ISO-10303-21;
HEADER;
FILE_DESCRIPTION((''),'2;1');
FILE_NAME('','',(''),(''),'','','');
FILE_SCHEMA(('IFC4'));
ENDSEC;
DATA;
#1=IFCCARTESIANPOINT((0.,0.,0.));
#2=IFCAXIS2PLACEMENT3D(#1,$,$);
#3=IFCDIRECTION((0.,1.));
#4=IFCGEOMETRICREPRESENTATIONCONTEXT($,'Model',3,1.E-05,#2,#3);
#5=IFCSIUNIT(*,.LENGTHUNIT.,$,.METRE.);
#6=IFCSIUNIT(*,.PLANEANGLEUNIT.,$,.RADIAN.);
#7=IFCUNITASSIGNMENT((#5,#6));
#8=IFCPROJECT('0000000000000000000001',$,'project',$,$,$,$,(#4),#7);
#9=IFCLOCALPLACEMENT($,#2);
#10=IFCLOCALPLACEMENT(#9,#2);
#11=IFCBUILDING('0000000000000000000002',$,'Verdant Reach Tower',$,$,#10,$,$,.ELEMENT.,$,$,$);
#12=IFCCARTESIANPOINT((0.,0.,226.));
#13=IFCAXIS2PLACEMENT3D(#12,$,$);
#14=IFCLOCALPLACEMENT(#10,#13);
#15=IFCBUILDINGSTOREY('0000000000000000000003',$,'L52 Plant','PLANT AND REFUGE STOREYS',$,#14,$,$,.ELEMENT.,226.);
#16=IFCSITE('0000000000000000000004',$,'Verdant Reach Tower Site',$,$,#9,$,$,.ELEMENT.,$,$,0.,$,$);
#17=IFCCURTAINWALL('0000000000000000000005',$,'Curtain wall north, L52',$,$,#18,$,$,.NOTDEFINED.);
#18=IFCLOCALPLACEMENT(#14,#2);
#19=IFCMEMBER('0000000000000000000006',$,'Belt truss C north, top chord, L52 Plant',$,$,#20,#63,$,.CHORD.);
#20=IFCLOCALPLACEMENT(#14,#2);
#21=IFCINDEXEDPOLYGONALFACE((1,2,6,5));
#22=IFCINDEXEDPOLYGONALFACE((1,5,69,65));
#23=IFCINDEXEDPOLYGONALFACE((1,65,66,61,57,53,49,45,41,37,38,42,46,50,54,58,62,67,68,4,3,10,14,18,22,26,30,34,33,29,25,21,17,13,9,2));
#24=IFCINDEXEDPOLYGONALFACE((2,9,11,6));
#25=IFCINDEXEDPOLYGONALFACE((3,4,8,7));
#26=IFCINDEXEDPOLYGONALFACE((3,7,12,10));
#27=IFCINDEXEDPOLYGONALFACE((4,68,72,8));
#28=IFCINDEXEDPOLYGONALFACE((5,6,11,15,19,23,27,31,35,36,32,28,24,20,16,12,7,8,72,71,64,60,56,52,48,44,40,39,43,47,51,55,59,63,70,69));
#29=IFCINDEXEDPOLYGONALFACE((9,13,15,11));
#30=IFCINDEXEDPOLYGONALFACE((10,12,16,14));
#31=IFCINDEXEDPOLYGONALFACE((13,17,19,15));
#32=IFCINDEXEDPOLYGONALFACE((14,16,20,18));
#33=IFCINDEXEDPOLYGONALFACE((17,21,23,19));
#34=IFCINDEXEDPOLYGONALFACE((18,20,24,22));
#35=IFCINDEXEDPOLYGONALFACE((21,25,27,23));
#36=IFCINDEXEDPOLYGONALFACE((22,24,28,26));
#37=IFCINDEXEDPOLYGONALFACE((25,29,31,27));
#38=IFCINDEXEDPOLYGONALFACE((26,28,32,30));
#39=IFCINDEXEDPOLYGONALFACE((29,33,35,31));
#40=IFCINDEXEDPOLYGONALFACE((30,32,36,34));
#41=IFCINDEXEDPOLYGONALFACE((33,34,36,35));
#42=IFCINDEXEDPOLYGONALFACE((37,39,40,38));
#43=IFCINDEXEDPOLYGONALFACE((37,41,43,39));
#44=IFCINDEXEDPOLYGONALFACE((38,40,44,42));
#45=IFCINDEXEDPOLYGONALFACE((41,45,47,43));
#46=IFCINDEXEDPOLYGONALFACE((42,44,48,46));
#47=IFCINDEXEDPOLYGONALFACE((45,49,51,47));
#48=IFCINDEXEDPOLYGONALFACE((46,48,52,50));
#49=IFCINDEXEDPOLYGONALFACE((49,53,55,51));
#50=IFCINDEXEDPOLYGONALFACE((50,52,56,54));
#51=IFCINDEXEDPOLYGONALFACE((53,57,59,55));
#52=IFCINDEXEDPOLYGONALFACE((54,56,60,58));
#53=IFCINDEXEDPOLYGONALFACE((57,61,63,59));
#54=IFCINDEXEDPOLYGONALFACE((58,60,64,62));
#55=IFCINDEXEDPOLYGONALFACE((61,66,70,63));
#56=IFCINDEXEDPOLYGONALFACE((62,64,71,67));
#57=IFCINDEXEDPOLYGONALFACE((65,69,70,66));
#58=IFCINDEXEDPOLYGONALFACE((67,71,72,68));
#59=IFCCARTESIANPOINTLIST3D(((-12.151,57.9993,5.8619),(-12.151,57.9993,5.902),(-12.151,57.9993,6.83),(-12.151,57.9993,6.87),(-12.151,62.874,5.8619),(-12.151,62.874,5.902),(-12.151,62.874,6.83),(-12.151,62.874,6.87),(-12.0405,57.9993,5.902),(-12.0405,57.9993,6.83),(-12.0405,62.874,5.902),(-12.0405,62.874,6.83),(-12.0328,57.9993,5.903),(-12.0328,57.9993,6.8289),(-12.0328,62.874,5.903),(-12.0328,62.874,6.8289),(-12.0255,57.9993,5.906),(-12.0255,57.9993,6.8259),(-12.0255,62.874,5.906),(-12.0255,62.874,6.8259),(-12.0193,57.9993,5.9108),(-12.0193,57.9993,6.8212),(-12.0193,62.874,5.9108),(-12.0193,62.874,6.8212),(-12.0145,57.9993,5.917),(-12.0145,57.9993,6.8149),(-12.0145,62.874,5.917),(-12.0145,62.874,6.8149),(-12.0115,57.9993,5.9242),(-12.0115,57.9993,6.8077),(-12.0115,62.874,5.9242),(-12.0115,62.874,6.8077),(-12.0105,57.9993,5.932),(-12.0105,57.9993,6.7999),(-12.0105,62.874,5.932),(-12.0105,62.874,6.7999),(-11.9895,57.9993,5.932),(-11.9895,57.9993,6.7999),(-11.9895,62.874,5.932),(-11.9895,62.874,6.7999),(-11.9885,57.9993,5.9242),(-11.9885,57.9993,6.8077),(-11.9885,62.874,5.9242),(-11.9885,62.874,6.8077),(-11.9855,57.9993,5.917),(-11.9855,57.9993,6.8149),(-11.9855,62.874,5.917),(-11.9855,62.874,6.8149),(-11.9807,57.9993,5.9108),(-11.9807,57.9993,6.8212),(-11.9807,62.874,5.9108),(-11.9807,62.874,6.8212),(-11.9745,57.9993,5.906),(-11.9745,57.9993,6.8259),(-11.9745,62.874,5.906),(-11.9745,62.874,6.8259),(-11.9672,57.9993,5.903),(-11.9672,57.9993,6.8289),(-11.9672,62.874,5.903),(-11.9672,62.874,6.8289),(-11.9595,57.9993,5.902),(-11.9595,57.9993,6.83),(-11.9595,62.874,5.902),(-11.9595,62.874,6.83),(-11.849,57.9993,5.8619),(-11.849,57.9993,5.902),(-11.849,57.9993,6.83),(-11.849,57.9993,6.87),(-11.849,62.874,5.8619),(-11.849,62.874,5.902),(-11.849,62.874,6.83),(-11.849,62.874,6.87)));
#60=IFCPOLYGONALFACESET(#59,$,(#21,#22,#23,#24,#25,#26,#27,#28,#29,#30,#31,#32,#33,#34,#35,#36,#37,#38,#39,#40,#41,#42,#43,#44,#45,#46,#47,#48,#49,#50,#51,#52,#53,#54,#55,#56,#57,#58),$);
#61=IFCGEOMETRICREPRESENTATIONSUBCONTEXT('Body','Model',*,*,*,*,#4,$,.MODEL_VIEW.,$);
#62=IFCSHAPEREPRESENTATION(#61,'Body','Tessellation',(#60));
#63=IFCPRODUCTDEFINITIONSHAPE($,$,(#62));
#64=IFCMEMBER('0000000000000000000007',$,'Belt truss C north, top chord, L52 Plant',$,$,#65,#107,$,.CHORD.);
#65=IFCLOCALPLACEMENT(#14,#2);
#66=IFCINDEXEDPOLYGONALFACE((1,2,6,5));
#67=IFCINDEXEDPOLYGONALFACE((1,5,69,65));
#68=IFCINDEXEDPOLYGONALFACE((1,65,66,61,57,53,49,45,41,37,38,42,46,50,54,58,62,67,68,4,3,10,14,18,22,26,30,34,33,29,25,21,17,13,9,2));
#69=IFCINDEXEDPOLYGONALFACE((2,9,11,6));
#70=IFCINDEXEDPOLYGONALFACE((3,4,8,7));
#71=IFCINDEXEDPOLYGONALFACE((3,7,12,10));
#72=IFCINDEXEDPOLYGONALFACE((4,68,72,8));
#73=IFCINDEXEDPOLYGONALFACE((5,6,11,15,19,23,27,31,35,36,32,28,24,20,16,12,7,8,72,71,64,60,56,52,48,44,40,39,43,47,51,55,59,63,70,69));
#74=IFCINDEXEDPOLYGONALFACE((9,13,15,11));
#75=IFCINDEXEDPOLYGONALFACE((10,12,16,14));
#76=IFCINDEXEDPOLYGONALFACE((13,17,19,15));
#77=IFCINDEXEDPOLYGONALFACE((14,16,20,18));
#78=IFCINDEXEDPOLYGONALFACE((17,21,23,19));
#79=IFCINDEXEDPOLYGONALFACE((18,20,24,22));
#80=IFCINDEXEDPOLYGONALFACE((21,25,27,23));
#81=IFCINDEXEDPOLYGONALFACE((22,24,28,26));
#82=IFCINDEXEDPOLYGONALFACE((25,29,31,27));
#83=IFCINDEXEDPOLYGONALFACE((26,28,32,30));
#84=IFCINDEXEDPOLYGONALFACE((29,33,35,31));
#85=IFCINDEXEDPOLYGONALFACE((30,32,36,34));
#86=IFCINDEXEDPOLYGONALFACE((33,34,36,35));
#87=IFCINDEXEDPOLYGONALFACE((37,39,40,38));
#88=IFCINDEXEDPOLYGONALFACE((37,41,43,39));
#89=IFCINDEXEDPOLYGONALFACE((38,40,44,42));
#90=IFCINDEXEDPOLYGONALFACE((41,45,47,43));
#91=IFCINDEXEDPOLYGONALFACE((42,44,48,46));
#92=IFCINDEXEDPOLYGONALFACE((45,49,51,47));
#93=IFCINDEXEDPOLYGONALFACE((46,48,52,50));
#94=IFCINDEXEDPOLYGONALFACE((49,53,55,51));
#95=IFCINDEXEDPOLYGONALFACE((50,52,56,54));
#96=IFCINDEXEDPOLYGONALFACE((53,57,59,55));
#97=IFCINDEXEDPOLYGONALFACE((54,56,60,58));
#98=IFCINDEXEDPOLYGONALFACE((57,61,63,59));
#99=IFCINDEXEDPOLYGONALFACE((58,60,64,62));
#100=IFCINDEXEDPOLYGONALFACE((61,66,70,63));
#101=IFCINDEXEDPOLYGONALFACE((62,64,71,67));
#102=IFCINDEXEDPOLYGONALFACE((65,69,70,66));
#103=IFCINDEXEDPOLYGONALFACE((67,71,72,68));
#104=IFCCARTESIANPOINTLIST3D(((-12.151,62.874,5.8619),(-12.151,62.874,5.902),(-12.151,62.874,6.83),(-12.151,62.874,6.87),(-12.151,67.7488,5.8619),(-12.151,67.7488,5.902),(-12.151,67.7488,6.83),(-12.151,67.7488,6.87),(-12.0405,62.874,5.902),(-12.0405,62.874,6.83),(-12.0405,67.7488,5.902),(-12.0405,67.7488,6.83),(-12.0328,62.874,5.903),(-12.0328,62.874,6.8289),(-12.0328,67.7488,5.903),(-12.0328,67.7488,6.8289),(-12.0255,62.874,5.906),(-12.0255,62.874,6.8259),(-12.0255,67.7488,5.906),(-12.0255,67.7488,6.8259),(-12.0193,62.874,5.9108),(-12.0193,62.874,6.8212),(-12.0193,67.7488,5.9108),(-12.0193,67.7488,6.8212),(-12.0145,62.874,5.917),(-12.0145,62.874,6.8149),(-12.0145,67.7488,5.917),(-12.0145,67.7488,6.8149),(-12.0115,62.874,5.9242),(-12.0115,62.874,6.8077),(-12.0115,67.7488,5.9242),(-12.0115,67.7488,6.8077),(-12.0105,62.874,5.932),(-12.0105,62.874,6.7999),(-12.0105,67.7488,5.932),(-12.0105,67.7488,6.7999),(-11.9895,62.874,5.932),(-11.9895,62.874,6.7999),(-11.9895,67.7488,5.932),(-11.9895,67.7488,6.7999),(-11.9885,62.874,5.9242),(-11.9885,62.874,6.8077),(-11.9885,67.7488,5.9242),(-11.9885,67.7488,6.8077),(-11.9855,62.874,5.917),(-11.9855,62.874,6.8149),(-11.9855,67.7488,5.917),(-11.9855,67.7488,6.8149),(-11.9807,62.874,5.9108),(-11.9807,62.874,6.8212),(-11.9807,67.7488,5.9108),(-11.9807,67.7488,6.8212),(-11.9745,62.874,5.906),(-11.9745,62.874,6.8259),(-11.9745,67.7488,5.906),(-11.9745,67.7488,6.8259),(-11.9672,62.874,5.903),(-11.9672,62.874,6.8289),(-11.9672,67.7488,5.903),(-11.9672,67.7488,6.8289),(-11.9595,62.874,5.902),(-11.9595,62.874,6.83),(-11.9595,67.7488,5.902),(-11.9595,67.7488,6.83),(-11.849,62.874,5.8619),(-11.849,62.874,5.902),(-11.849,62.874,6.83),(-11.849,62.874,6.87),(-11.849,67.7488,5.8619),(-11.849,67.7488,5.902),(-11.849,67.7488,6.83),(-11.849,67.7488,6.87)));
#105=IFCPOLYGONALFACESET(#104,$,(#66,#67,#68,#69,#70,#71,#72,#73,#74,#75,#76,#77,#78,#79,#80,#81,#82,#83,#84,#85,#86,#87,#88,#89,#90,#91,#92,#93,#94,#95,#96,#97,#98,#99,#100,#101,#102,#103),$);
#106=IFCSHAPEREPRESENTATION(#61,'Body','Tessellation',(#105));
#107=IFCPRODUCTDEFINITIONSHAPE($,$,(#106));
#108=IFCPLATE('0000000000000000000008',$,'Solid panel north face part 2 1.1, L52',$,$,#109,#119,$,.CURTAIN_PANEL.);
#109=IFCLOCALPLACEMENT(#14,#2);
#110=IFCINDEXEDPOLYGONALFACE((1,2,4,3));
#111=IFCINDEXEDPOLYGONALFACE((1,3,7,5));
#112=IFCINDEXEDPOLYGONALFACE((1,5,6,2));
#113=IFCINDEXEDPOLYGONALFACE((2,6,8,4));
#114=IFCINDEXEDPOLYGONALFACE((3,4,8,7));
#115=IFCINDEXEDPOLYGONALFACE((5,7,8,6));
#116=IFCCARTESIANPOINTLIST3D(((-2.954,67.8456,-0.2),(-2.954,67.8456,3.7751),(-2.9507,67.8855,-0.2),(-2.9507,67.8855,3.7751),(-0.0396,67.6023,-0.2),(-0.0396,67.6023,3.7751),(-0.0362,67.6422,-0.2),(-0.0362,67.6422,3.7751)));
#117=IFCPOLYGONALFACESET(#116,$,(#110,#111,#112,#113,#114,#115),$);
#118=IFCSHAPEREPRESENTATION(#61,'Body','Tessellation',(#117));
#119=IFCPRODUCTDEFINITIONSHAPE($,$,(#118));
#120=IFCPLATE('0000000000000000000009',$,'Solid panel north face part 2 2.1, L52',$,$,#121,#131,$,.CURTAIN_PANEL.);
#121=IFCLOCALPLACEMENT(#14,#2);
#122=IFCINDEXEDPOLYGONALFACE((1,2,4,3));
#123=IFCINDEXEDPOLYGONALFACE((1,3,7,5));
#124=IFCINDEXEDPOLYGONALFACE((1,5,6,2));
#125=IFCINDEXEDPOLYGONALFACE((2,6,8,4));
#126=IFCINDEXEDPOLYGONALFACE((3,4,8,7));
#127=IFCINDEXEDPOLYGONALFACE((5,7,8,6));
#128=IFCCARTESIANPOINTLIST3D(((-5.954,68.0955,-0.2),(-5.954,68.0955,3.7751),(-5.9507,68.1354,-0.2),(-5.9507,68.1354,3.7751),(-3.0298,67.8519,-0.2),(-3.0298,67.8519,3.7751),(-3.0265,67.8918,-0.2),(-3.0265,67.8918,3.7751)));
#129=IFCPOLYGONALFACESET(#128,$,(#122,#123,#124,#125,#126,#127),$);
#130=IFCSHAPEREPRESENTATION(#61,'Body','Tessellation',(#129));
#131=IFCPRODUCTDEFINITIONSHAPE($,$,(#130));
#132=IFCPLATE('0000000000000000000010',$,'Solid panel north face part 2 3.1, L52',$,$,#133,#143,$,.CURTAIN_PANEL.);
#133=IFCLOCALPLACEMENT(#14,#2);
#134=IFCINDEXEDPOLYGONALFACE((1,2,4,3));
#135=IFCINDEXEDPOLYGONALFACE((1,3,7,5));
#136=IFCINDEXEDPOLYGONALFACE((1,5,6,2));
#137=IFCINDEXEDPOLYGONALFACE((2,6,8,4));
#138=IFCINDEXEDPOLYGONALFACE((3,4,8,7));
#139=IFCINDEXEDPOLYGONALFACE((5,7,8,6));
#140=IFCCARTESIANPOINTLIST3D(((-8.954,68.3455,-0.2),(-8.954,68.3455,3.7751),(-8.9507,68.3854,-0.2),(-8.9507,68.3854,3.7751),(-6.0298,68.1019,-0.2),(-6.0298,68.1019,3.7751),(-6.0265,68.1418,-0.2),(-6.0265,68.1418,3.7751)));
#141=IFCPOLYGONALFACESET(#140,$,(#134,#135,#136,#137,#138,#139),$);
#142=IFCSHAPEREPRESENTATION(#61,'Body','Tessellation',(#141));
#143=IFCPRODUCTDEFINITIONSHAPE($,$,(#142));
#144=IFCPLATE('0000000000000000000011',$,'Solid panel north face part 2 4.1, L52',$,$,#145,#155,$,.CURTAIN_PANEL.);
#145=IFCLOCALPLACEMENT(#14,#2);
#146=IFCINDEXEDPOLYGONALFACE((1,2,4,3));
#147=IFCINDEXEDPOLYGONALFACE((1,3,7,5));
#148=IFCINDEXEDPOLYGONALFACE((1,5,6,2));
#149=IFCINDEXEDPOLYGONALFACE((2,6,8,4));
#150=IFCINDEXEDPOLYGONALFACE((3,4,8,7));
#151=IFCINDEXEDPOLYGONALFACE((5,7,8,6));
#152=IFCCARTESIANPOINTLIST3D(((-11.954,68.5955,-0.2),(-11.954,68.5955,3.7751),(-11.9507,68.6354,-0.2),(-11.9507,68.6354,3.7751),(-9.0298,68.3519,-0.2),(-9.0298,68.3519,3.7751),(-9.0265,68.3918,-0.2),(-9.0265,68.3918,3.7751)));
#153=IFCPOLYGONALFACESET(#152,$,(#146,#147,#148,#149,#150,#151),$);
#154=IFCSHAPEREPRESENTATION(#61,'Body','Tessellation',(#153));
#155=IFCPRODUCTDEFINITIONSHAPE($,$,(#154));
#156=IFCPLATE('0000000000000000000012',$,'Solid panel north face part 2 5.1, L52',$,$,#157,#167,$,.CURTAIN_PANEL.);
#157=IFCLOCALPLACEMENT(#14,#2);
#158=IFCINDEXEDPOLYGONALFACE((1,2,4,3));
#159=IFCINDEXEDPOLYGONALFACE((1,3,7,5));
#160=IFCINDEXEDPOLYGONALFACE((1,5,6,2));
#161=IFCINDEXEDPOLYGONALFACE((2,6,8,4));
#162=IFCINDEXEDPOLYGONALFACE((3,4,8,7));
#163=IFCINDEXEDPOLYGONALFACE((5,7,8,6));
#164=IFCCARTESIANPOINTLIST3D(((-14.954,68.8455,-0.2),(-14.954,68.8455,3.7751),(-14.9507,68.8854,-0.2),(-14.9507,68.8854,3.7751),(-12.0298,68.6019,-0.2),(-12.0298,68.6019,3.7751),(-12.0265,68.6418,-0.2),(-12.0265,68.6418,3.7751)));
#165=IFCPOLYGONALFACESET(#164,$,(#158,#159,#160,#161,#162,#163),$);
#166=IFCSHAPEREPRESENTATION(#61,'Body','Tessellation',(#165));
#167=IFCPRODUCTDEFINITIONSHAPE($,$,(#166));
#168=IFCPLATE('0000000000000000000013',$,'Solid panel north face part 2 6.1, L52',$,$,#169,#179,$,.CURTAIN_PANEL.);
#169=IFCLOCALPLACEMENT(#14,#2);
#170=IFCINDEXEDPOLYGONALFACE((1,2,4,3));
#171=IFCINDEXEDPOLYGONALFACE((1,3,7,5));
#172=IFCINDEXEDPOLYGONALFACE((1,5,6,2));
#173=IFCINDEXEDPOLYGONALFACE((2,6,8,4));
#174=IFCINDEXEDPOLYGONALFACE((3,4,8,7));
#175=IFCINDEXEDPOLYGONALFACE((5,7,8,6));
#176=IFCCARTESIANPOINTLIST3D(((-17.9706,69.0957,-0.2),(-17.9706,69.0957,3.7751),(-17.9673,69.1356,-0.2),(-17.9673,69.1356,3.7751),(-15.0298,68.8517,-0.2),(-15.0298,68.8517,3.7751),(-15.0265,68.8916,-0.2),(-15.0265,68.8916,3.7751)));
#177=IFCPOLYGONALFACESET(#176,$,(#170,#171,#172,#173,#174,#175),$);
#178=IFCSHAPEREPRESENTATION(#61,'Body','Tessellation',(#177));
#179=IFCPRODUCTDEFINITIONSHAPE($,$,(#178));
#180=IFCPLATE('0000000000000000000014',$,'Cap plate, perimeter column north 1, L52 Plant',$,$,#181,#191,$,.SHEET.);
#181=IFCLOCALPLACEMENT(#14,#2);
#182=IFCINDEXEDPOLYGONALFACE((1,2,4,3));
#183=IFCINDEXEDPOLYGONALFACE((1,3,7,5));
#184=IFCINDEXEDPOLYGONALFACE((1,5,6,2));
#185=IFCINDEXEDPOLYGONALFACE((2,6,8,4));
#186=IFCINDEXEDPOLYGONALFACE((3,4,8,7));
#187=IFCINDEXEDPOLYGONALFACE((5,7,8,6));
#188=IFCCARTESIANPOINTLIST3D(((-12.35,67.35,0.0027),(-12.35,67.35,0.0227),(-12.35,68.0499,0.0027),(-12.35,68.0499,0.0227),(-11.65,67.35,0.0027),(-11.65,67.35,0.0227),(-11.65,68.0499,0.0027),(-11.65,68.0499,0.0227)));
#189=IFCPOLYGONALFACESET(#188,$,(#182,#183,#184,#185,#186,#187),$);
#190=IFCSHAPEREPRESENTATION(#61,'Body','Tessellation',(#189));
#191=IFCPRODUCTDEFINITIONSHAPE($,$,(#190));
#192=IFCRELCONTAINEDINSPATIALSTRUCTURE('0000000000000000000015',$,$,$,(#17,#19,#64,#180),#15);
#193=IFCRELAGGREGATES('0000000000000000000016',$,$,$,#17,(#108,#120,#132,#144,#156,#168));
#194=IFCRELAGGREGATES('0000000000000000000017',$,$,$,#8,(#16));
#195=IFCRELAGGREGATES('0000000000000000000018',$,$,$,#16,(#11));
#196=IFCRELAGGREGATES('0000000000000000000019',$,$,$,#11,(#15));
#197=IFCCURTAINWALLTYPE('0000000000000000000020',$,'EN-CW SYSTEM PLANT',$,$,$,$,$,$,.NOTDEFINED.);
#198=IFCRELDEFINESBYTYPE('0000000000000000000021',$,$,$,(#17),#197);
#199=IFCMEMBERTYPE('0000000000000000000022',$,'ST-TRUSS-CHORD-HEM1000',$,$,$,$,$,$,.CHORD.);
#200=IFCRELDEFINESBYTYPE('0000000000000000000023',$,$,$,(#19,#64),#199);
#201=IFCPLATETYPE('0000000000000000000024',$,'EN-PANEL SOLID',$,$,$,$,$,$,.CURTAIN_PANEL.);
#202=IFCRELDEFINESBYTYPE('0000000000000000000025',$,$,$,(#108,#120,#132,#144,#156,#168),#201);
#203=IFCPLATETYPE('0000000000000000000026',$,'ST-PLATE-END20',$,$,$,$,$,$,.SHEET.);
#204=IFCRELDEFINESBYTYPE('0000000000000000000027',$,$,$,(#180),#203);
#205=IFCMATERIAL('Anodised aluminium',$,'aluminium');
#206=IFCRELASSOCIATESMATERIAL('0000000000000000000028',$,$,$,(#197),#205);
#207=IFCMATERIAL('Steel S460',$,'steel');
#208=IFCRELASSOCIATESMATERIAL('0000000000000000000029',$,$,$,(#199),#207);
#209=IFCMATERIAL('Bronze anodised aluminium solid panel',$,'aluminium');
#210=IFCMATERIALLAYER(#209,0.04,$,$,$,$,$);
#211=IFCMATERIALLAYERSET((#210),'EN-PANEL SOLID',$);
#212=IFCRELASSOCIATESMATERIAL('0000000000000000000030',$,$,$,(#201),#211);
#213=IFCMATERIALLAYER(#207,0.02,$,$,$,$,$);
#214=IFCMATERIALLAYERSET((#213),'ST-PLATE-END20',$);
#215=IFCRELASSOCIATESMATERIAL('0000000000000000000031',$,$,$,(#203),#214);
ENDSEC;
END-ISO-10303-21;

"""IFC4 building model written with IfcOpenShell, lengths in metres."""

from ifc_helpers import new_model, si_unit, direction, frame, origin, origin_2d, place, context, subcontext, project, spatial, rectangle, i_section, extrude, material, layer, layer_set, material_profile, profile_set, type_object, element, aggregate, save


model = new_model("IFC4")

# Units and contexts
model_context = context("Model", 3, precision=1e-05, world=origin(), true_north=direction((0.0, 1.0)))
body_context = subcontext(model_context, "Body", "Model", "MODEL_VIEW")
ifc_project = project(units=[si_unit("LENGTHUNIT", "METRE"), si_unit("PLANEANGLEUNIT", "RADIAN")], contexts=[model_context])

# Site, building, storey
site_placement = place(None, origin())
site = spatial("IfcSite", under=ifc_project, at=site_placement, Name="Verdant Reach Tower Site", CompositionType="ELEMENT", RefElevation=0.0)
building_placement = place(site_placement, origin())
building = spatial("IfcBuilding", under=site, at=building_placement, Name="Verdant Reach Tower", CompositionType="ELEMENT")
storey_placement = place(building_placement, frame((0.0, 0.0, 226.0)))
storey = spatial("IfcBuildingStorey", under=building, at=storey_placement, Name="L52 Plant", Description="PLANT AND REFUGE STOREYS", CompositionType="ELEMENT", Elevation=226.0)

# Shared definitions
ifc_material_1 = material(Name="Steel S460", Category="steel")

# Curtain wall
ifc_material_2 = material(Name="Anodised aluminium", Category="aluminium")
curtain_wall_type = type_object("IfcCurtainWallType", Name="EN-CW SYSTEM PLANT", PredefinedType="NOTDEFINED", material=ifc_material_2)
curtain_wall_placement = place(storey_placement, origin())
curtain_wall = element("IfcCurtainWall", 1, at=curtain_wall_placement, inside=storey, type_object=curtain_wall_type, Name="Curtain wall north, L52", PredefinedType="NOTDEFINED")

# Members
ifc_material_profile_1 = material_profile(ifc_material_1, i_section(OverallWidth=0.302, OverallDepth=1.0081, WebThickness=0.021, FlangeThickness=0.04, FilletRadius=0.03, at=origin_2d()), Name="HEM 1000")
ifc_profile_set_1 = profile_set([ifc_material_profile_1], Name="Steel S460")
member_type_1 = type_object("IfcMemberType", Name="ST-TRUSS-CHORD-HEM1000", PredefinedType="CHORD", material=ifc_profile_set_1)
for number, where, z_axis, x_axis, name in (
    (2, (-12.0, 57.9993, 6.366), (0.0, 1.0, 0.0), (-1.0, 0.0, 0.0), "Belt truss C north, top chord, L52 Plant"),
    (3, (-12.0, 62.874, 6.366), (0.0, 1.0, 0.0), (-1.0, 0.0, 0.0), "Belt truss C north, top chord, L52 Plant"),
):
    element("IfcMember", number, at=place(storey_placement, frame(where, z_axis=z_axis, x_axis=x_axis)), inside=storey, type_object=member_type_1, Name=name, PredefinedType="CHORD", context=body_context, shape_type="SweptSolid", body=[
        extrude(i_section(OverallWidth=0.302, OverallDepth=1.0081, WebThickness=0.021, FlangeThickness=0.04, FilletRadius=0.03, at=origin_2d()), origin(), (0.0, 0.0, 1.0), 4.8748),
    ])

# Plates
ifc_material_3 = material(Name="Bronze anodised aluminium solid panel", Category="aluminium")
ifc_layer_1 = layer(ifc_material_3, 0.04)
ifc_layer_set_1 = layer_set([ifc_layer_1], Name="EN-PANEL SOLID")
plate_type_1 = type_object("IfcPlateType", Name="EN-PANEL SOLID", PredefinedType="CURTAIN_PANEL", material=ifc_layer_set_1)
plate_1_placement = place(storey_placement, frame((-1.4951, 67.7439, -0.2), z_axis=(0.0, 0.0, 1.0), x_axis=(-0.996534, 0.083182, 0.0)))
plate_1 = element("IfcPlate", 4, at=plate_1_placement, type_object=plate_type_1, Name="Solid panel north face part 2 1.1, L52", PredefinedType="CURTAIN_PANEL", context=body_context, shape_type="SweptSolid", body=[
    extrude(rectangle(XDim=2.9246, YDim=0.04, at=origin_2d()), origin(), (0.0, 0.0, 1.0), 3.9751),
])
plate_2_placement = place(storey_placement, frame((-4.4902, 67.9937, -0.2), z_axis=(0.0, 0.0, 1.0), x_axis=(-0.996546, 0.083045, 0.0)))
plate_2 = element("IfcPlate", 5, at=plate_2_placement, type_object=plate_type_1, Name="Solid panel north face part 2 2.1, L52", PredefinedType="CURTAIN_PANEL", context=body_context, shape_type="SweptSolid", body=[
    extrude(rectangle(XDim=2.9343, YDim=0.04, at=origin_2d()), origin(), (0.0, 0.0, 1.0), 3.9751),
])
plate_3_placement = place(storey_placement, frame((-7.4902, 68.2437, -0.2), z_axis=(0.0, 0.0, 1.0), x_axis=(-0.996546, 0.083045, 0.0)))
plate_3 = element("IfcPlate", 6, at=plate_3_placement, type_object=plate_type_1, Name="Solid panel north face part 2 3.1, L52", PredefinedType="CURTAIN_PANEL", context=body_context, shape_type="SweptSolid", body=[
    extrude(rectangle(XDim=2.9343, YDim=0.04, at=origin_2d()), origin(), (0.0, 0.0, 1.0), 3.9751),
])
plate_4_placement = place(storey_placement, frame((-10.4902, 68.4937, -0.2), z_axis=(0.0, 0.0, 1.0), x_axis=(-0.996546, 0.083045, 0.0)))
plate_4 = element("IfcPlate", 7, at=plate_4_placement, type_object=plate_type_1, Name="Solid panel north face part 2 4.1, L52", PredefinedType="CURTAIN_PANEL", context=body_context, shape_type="SweptSolid", body=[
    extrude(rectangle(XDim=2.9343, YDim=0.04, at=origin_2d()), origin(), (0.0, 0.0, 1.0), 3.9751),
])
plate_5_placement = place(storey_placement, frame((-13.4902, 68.7437, -0.2), z_axis=(0.0, 0.0, 1.0), x_axis=(-0.996546, 0.083045, 0.0)))
plate_5 = element("IfcPlate", 8, at=plate_5_placement, type_object=plate_type_1, Name="Solid panel north face part 2 5.1, L52", PredefinedType="CURTAIN_PANEL", context=body_context, shape_type="SweptSolid", body=[
    extrude(rectangle(XDim=2.9343, YDim=0.04, at=origin_2d()), origin(), (0.0, 0.0, 1.0), 3.9751),
])
plate_6_placement = place(storey_placement, frame((-16.4985, 68.9937, -0.2), z_axis=(0.0, 0.0, 1.0), x_axis=(-0.996578, 0.082664, 0.0)))
plate_6 = element("IfcPlate", 9, at=plate_6_placement, type_object=plate_type_1, Name="Solid panel north face part 2 6.1, L52", PredefinedType="CURTAIN_PANEL", context=body_context, shape_type="SweptSolid", body=[
    extrude(rectangle(XDim=2.9509, YDim=0.04, at=origin_2d()), origin(), (0.0, 0.0, 1.0), 3.9751),
])
ifc_layer_2 = layer(ifc_material_1, 0.02)
ifc_layer_set_2 = layer_set([ifc_layer_2], Name="ST-PLATE-END20")
plate_type_2 = type_object("IfcPlateType", Name="ST-PLATE-END20", PredefinedType="SHEET", material=ifc_layer_set_2)
plate_7_placement = place(storey_placement, frame((-12.0, 67.7, 0.0027), z_axis=(0.0, 0.0, 1.0), x_axis=(1.0, 0.0, 0.0)))
element("IfcPlate", 10, at=plate_7_placement, inside=storey, type_object=plate_type_2, Name="Cap plate, perimeter column north 1, L52 Plant", PredefinedType="SHEET", context=body_context, shape_type="SweptSolid", body=[
    extrude(rectangle(XDim=0.7, YDim=0.7, at=origin_2d()), origin(), (0.0, 0.0, 1.0), 0.02),
])

aggregate(curtain_wall, [plate_1, plate_2, plate_3, plate_4, plate_5, plate_6])

save(model, "model.ifc")
